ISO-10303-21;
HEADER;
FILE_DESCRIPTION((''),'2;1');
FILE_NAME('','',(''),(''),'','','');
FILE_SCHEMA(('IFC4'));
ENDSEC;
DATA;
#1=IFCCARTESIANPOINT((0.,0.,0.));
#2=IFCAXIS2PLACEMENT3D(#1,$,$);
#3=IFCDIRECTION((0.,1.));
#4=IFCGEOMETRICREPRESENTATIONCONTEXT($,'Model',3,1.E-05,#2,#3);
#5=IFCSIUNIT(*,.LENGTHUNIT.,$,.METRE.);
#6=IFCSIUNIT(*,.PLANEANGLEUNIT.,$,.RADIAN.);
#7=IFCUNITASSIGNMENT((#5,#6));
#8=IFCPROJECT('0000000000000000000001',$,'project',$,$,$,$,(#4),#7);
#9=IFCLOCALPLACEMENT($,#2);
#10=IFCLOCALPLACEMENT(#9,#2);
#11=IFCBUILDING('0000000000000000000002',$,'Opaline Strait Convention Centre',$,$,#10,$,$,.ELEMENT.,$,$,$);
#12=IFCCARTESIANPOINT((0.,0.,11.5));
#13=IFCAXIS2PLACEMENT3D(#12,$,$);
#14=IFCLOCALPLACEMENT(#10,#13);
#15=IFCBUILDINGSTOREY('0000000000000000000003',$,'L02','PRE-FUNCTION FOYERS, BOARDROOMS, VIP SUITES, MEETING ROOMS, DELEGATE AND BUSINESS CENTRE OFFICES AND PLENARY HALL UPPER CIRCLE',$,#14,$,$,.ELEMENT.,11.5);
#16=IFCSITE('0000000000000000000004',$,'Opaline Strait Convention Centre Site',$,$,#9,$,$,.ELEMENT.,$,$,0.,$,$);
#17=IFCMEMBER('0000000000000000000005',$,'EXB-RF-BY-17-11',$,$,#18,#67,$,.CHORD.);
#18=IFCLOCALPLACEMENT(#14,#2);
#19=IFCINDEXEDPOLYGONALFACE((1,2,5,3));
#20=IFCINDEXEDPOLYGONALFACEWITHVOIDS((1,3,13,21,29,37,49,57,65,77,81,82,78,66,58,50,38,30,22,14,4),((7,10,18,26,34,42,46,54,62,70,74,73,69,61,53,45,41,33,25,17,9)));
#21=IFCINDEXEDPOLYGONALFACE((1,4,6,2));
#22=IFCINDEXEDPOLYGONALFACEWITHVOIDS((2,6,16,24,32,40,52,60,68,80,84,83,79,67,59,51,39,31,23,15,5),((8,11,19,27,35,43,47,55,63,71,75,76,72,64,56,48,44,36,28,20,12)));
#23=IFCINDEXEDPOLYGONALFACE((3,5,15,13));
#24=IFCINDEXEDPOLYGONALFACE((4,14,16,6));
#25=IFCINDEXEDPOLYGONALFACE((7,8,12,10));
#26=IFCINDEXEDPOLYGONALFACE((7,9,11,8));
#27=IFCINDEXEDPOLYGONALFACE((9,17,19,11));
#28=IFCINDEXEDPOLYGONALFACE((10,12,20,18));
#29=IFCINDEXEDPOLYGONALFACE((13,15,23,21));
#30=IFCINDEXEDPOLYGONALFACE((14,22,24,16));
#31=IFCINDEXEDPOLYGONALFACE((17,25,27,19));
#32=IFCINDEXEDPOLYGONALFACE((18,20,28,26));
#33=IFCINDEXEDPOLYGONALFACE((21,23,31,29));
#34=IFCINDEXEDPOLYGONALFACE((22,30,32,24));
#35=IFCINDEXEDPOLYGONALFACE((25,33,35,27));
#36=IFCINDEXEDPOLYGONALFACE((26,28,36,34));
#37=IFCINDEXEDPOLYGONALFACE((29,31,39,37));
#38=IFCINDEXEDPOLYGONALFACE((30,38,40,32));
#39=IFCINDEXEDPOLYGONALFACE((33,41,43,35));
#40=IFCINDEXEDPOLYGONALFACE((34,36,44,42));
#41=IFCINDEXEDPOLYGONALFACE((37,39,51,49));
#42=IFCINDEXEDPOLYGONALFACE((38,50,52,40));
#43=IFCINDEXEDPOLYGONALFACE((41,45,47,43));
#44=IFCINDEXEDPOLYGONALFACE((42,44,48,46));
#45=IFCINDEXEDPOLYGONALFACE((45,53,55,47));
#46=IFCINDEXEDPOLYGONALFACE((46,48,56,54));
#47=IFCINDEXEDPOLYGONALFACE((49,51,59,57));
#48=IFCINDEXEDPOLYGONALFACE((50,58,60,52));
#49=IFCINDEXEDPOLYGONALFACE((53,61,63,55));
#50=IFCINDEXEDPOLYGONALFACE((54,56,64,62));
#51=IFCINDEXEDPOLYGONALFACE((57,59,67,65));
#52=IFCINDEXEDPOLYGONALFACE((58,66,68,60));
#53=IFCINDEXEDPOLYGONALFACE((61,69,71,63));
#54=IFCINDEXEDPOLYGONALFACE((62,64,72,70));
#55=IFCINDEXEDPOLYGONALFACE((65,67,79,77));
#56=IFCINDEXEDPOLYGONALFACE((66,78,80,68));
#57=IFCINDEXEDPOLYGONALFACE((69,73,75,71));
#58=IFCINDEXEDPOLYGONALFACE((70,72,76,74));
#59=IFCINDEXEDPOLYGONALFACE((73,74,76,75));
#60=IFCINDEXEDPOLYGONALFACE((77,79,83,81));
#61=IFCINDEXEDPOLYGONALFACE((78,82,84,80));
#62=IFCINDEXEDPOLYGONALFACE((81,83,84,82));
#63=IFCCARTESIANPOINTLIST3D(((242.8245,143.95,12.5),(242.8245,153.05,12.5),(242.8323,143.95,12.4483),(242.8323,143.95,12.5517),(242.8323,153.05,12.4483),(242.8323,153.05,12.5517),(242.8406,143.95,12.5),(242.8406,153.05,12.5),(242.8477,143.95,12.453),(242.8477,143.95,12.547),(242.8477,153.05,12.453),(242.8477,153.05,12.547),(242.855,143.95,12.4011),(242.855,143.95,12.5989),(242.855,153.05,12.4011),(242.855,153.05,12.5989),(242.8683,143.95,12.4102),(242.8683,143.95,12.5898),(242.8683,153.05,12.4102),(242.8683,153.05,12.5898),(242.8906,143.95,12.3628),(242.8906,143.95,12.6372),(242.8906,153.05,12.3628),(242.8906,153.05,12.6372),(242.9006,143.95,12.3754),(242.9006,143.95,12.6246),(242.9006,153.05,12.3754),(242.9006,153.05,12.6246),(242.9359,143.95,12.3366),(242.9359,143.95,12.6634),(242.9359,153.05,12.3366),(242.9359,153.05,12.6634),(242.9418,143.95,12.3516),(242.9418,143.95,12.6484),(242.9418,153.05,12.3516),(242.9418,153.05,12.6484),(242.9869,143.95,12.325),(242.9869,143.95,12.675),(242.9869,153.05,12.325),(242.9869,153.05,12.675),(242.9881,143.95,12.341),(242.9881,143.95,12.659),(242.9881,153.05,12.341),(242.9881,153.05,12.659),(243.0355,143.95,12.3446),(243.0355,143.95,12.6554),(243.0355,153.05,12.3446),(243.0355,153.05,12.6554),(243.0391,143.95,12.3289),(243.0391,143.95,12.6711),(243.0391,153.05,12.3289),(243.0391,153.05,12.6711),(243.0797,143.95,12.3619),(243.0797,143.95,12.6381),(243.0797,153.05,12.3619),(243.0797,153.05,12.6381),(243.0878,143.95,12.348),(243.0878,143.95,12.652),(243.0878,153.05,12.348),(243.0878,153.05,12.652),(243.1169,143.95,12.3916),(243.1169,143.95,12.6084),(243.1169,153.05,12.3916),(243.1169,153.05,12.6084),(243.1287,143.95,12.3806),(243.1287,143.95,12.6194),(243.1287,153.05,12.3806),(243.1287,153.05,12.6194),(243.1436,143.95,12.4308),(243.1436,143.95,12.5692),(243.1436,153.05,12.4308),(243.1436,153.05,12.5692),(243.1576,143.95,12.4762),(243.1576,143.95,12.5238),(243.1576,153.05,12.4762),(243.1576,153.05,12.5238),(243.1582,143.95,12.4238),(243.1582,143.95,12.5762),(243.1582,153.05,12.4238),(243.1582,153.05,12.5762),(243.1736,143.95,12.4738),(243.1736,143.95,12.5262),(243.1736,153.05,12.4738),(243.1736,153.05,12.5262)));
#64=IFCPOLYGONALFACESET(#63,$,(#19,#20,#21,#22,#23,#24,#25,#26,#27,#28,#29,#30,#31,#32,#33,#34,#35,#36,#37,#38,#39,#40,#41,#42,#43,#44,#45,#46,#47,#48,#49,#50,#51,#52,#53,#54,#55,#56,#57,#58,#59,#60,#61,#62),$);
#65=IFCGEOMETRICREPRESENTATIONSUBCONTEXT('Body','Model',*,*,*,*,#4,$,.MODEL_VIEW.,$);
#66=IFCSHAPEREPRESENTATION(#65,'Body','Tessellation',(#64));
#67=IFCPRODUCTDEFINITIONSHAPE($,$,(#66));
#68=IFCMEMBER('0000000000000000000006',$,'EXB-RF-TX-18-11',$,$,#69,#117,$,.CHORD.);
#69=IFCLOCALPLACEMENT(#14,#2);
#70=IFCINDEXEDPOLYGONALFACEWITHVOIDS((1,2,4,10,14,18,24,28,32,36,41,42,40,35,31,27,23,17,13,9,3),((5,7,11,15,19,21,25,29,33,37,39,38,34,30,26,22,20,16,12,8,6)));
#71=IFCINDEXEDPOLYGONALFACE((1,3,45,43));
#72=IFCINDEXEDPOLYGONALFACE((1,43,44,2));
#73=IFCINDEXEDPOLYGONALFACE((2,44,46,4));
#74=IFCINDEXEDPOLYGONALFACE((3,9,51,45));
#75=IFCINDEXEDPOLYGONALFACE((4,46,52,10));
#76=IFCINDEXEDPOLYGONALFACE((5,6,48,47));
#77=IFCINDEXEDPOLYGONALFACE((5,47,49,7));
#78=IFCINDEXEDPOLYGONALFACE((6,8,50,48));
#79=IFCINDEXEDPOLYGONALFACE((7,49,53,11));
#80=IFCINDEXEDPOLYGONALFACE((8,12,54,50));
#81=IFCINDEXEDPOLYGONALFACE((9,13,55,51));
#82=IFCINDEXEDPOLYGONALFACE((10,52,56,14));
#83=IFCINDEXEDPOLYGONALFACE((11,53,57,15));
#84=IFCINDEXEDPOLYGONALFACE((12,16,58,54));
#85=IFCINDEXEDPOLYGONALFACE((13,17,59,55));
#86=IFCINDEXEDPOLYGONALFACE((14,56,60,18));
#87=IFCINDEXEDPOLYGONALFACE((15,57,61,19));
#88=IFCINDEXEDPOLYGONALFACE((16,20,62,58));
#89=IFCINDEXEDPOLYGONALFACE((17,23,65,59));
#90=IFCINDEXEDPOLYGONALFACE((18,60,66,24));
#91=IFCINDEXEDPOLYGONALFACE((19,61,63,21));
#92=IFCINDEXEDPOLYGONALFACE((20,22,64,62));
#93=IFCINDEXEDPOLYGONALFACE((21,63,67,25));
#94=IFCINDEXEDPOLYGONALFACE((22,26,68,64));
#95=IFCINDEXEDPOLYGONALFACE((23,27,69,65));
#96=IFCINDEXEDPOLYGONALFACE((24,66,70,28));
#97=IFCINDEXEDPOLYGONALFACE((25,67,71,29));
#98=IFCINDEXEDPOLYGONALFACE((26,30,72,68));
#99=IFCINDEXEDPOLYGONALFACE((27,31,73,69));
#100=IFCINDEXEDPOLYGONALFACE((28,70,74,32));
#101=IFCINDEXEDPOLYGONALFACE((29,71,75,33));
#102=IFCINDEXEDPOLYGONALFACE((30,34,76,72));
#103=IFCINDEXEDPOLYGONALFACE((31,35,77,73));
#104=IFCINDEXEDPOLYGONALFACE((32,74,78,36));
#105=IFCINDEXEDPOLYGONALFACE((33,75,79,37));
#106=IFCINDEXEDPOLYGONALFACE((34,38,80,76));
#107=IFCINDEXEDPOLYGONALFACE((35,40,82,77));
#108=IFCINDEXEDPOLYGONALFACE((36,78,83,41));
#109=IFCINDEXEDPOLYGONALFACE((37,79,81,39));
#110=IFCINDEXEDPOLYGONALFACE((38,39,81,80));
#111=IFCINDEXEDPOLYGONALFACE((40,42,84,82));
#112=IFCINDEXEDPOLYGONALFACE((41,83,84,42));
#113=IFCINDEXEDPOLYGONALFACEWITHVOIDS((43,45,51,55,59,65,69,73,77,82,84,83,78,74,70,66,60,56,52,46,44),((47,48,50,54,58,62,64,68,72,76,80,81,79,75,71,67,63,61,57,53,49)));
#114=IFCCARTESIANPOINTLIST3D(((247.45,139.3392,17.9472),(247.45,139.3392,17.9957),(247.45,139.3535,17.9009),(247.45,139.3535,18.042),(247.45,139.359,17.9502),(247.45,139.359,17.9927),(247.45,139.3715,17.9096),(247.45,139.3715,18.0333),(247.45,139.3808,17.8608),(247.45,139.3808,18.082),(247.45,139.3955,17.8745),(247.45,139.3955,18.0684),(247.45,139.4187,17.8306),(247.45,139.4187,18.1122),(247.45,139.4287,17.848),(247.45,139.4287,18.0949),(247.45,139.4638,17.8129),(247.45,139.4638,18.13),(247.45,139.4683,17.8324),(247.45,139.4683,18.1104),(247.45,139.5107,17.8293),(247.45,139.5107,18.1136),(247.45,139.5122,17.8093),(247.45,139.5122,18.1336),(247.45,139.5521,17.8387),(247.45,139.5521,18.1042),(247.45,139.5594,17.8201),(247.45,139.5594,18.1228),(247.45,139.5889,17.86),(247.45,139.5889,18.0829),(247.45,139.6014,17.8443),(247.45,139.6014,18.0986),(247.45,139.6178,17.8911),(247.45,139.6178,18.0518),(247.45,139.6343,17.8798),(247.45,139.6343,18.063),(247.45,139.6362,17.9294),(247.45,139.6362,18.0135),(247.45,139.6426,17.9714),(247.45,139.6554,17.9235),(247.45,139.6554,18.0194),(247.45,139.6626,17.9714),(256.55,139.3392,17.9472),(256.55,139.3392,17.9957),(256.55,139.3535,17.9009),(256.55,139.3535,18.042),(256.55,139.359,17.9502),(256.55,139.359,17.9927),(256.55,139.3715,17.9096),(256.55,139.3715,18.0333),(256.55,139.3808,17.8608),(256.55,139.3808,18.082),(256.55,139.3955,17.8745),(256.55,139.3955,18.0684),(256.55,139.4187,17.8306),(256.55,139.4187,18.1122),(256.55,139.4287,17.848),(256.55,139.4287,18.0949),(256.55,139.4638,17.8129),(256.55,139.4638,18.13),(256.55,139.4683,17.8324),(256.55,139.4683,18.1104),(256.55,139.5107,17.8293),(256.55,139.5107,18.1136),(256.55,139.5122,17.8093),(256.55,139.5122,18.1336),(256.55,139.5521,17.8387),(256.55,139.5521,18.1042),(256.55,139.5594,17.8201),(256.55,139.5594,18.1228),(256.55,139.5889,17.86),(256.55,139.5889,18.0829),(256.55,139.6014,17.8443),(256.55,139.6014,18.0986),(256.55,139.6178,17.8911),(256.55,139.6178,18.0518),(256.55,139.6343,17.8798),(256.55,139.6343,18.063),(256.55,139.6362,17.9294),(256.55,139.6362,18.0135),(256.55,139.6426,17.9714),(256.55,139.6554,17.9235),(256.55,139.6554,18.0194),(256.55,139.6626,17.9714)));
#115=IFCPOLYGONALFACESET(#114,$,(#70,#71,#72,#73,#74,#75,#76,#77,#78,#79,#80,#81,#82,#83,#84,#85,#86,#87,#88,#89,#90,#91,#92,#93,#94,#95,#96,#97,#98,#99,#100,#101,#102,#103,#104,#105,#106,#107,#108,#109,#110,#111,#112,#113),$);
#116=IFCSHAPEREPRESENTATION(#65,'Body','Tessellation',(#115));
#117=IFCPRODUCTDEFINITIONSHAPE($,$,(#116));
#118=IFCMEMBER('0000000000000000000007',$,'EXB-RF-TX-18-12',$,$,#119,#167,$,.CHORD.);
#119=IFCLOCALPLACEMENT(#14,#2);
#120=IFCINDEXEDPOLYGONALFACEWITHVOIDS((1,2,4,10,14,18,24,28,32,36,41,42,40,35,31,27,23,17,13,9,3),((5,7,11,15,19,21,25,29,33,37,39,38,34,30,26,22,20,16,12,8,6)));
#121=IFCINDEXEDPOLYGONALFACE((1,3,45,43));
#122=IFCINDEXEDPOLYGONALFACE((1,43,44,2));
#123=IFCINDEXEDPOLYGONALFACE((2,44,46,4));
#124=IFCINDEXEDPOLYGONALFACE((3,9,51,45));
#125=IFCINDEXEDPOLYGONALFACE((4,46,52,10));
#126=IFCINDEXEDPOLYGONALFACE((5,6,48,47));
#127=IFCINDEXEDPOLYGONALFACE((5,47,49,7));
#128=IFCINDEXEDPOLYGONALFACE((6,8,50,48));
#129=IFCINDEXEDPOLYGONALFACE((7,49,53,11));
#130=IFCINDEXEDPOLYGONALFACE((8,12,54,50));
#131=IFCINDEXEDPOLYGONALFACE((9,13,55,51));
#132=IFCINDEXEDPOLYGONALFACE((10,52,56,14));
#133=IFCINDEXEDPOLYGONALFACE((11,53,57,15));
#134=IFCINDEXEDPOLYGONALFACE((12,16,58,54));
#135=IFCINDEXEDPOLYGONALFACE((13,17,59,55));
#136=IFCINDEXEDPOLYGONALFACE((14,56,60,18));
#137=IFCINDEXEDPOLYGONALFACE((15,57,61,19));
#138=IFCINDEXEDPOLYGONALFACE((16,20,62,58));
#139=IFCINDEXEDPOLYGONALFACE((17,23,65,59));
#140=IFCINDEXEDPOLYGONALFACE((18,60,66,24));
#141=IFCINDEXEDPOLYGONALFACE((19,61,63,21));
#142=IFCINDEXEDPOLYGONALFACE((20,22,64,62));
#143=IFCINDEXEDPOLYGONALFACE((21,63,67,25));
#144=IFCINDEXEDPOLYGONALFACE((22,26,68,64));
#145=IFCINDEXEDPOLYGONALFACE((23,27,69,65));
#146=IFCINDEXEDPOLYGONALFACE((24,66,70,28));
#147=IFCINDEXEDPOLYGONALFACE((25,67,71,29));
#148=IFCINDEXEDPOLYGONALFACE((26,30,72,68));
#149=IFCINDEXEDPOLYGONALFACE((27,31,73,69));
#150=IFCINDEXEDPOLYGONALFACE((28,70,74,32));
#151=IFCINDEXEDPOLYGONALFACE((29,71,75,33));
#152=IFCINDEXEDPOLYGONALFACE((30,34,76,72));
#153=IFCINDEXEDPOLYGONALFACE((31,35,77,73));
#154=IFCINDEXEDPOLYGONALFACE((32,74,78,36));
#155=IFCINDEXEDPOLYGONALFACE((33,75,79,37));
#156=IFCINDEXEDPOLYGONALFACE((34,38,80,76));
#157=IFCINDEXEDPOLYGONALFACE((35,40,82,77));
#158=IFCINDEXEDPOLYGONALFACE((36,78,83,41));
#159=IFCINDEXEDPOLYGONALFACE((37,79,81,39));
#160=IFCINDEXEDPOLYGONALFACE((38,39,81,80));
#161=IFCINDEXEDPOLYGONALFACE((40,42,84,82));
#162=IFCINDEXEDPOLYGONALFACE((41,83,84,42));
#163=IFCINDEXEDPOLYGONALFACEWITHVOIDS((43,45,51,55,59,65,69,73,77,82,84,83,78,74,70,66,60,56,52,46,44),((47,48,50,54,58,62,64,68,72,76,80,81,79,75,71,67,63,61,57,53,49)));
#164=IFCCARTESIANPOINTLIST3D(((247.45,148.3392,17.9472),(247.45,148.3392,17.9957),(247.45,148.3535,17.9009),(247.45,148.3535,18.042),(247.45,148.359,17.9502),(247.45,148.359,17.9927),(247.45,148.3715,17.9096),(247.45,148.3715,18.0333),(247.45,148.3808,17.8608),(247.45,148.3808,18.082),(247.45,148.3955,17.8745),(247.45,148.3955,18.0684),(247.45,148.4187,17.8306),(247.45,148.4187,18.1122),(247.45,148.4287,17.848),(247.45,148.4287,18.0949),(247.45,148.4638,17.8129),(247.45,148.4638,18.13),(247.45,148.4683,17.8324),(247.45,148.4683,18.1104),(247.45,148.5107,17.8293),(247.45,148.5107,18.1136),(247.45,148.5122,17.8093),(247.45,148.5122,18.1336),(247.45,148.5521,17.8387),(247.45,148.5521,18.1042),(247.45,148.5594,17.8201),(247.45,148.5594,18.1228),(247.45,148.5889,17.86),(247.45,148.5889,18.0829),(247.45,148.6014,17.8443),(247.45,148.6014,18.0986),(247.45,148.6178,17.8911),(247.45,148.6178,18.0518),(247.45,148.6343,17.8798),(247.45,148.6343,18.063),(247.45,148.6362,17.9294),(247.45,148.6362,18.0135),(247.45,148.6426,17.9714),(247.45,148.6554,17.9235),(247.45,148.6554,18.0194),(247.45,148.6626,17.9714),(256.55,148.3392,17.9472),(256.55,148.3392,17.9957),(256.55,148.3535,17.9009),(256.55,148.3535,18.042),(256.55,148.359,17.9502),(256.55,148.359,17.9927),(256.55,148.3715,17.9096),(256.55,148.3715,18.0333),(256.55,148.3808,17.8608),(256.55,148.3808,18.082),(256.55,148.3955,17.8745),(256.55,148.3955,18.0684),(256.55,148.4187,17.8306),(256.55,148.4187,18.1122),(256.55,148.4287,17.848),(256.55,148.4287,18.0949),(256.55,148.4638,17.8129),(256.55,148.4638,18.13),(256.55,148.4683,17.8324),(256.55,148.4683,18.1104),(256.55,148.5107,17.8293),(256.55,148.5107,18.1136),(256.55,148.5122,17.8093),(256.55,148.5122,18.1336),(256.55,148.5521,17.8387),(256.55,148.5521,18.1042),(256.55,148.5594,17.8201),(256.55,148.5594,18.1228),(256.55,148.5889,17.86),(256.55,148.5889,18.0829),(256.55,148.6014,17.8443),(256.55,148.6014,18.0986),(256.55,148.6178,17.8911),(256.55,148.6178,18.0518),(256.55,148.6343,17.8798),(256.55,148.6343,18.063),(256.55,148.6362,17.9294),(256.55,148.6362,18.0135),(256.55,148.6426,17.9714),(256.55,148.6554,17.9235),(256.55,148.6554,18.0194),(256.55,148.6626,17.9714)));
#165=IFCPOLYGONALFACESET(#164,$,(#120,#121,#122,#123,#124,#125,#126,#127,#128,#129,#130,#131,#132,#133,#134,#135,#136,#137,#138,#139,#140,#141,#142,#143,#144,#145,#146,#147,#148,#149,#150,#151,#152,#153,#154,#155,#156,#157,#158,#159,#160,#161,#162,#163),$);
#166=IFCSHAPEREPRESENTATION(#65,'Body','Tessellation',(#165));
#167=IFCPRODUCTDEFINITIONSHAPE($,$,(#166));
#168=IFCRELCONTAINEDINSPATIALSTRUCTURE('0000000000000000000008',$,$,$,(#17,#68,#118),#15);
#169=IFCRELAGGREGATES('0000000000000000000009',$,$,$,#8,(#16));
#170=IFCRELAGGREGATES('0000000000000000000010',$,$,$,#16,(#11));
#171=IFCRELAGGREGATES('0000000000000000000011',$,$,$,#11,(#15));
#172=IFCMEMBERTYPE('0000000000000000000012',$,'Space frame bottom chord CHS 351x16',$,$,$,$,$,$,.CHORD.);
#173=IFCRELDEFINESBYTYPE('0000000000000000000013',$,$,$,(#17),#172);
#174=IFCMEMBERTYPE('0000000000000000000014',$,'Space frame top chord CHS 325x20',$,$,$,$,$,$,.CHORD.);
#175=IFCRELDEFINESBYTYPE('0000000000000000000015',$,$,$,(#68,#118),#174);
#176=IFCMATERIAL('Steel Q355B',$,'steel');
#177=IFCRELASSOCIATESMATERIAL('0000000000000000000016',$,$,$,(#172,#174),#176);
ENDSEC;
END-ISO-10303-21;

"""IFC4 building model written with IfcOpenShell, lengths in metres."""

from ifc_helpers import new_model, si_unit, direction, frame, origin, origin_2d, place, context, subcontext, project, spatial, hollow_circle, extrude, material, material_profile, profile_set, type_object, element, save


model = new_model("IFC4")

# Units and contexts
model_context = context("Model", 3, precision=1e-05, world=origin(), true_north=direction((0.0, 1.0)))
body_context = subcontext(model_context, "Body", "Model", "MODEL_VIEW")
ifc_project = project(units=[si_unit("LENGTHUNIT", "METRE"), si_unit("PLANEANGLEUNIT", "RADIAN")], contexts=[model_context])

# Site, building, storey
site_placement = place(None, origin())
site = spatial("IfcSite", under=ifc_project, at=site_placement, Name="Opaline Strait Convention Centre Site", CompositionType="ELEMENT", RefElevation=0.0)
building_placement = place(site_placement, origin())
building = spatial("IfcBuilding", under=site, at=building_placement, Name="Opaline Strait Convention Centre", CompositionType="ELEMENT")
storey_placement = place(building_placement, frame((0.0, 0.0, 11.5)))
storey = spatial("IfcBuildingStorey", under=building, at=storey_placement, Name="L02", Description="PRE-FUNCTION FOYERS, BOARDROOMS, VIP SUITES, MEETING ROOMS, DELEGATE AND BUSINESS CENTRE OFFICES AND PLENARY HALL UPPER CIRCLE", CompositionType="ELEMENT", Elevation=11.5)

# Members
ifc_material_1 = material(Name="Steel Q355B", Category="steel")
ifc_material_profile_1 = material_profile(ifc_material_1, hollow_circle(Radius=0.1755, WallThickness=0.0161, at=origin_2d()), Name="CHS 351x16")
ifc_profile_set_1 = profile_set([ifc_material_profile_1], Name="Steel Q355B")
member_type_1 = type_object("IfcMemberType", Name="Space frame bottom chord CHS 351x16", PredefinedType="CHORD", material=ifc_profile_set_1)
for number, where, z_axis, x_axis, name in (
    (1, (243.0, 143.95, 12.5), (0.0, 1.0, 0.0), (-1.0, 0.0, 0.0), "EXB-RF-BY-17-11"),
):
    element("IfcMember", number, at=place(storey_placement, frame(where, z_axis=z_axis, x_axis=x_axis)), inside=storey, type_object=member_type_1, Name=name, PredefinedType="CHORD", context=body_context, shape_type="SweptSolid", body=[
        extrude(hollow_circle(Radius=0.1755, WallThickness=0.0161, at=origin_2d()), origin(), (0.0, 0.0, 1.0), 9.1001),
    ])
ifc_material_profile_2 = material_profile(ifc_material_1, hollow_circle(Radius=0.1626, WallThickness=0.02, at=origin_2d()), Name="CHS 325x20")
ifc_profile_set_2 = profile_set([ifc_material_profile_2], Name="Steel Q355B")
member_type_2 = type_object("IfcMemberType", Name="Space frame top chord CHS 325x20", PredefinedType="CHORD", material=ifc_profile_set_2)
for number, where, z_axis, x_axis, name in (
    (2, (247.45, 139.5, 17.9714), (1.0, 0.0, 0.0), (0.0, 1.0, 0.0), "EXB-RF-TX-18-11"),
    (3, (247.45, 148.5, 17.9714), (1.0, 0.0, 0.0), (0.0, 1.0, 0.0), "EXB-RF-TX-18-12"),
):
    element("IfcMember", number, at=place(storey_placement, frame(where, z_axis=z_axis, x_axis=x_axis)), inside=storey, type_object=member_type_2, Name=name, PredefinedType="CHORD", context=body_context, shape_type="SweptSolid", body=[
        extrude(hollow_circle(Radius=0.1626, WallThickness=0.02, at=origin_2d()), origin(), (0.0, 0.0, 1.0), 9.1001),
    ])

save(model, "model.ifc")
